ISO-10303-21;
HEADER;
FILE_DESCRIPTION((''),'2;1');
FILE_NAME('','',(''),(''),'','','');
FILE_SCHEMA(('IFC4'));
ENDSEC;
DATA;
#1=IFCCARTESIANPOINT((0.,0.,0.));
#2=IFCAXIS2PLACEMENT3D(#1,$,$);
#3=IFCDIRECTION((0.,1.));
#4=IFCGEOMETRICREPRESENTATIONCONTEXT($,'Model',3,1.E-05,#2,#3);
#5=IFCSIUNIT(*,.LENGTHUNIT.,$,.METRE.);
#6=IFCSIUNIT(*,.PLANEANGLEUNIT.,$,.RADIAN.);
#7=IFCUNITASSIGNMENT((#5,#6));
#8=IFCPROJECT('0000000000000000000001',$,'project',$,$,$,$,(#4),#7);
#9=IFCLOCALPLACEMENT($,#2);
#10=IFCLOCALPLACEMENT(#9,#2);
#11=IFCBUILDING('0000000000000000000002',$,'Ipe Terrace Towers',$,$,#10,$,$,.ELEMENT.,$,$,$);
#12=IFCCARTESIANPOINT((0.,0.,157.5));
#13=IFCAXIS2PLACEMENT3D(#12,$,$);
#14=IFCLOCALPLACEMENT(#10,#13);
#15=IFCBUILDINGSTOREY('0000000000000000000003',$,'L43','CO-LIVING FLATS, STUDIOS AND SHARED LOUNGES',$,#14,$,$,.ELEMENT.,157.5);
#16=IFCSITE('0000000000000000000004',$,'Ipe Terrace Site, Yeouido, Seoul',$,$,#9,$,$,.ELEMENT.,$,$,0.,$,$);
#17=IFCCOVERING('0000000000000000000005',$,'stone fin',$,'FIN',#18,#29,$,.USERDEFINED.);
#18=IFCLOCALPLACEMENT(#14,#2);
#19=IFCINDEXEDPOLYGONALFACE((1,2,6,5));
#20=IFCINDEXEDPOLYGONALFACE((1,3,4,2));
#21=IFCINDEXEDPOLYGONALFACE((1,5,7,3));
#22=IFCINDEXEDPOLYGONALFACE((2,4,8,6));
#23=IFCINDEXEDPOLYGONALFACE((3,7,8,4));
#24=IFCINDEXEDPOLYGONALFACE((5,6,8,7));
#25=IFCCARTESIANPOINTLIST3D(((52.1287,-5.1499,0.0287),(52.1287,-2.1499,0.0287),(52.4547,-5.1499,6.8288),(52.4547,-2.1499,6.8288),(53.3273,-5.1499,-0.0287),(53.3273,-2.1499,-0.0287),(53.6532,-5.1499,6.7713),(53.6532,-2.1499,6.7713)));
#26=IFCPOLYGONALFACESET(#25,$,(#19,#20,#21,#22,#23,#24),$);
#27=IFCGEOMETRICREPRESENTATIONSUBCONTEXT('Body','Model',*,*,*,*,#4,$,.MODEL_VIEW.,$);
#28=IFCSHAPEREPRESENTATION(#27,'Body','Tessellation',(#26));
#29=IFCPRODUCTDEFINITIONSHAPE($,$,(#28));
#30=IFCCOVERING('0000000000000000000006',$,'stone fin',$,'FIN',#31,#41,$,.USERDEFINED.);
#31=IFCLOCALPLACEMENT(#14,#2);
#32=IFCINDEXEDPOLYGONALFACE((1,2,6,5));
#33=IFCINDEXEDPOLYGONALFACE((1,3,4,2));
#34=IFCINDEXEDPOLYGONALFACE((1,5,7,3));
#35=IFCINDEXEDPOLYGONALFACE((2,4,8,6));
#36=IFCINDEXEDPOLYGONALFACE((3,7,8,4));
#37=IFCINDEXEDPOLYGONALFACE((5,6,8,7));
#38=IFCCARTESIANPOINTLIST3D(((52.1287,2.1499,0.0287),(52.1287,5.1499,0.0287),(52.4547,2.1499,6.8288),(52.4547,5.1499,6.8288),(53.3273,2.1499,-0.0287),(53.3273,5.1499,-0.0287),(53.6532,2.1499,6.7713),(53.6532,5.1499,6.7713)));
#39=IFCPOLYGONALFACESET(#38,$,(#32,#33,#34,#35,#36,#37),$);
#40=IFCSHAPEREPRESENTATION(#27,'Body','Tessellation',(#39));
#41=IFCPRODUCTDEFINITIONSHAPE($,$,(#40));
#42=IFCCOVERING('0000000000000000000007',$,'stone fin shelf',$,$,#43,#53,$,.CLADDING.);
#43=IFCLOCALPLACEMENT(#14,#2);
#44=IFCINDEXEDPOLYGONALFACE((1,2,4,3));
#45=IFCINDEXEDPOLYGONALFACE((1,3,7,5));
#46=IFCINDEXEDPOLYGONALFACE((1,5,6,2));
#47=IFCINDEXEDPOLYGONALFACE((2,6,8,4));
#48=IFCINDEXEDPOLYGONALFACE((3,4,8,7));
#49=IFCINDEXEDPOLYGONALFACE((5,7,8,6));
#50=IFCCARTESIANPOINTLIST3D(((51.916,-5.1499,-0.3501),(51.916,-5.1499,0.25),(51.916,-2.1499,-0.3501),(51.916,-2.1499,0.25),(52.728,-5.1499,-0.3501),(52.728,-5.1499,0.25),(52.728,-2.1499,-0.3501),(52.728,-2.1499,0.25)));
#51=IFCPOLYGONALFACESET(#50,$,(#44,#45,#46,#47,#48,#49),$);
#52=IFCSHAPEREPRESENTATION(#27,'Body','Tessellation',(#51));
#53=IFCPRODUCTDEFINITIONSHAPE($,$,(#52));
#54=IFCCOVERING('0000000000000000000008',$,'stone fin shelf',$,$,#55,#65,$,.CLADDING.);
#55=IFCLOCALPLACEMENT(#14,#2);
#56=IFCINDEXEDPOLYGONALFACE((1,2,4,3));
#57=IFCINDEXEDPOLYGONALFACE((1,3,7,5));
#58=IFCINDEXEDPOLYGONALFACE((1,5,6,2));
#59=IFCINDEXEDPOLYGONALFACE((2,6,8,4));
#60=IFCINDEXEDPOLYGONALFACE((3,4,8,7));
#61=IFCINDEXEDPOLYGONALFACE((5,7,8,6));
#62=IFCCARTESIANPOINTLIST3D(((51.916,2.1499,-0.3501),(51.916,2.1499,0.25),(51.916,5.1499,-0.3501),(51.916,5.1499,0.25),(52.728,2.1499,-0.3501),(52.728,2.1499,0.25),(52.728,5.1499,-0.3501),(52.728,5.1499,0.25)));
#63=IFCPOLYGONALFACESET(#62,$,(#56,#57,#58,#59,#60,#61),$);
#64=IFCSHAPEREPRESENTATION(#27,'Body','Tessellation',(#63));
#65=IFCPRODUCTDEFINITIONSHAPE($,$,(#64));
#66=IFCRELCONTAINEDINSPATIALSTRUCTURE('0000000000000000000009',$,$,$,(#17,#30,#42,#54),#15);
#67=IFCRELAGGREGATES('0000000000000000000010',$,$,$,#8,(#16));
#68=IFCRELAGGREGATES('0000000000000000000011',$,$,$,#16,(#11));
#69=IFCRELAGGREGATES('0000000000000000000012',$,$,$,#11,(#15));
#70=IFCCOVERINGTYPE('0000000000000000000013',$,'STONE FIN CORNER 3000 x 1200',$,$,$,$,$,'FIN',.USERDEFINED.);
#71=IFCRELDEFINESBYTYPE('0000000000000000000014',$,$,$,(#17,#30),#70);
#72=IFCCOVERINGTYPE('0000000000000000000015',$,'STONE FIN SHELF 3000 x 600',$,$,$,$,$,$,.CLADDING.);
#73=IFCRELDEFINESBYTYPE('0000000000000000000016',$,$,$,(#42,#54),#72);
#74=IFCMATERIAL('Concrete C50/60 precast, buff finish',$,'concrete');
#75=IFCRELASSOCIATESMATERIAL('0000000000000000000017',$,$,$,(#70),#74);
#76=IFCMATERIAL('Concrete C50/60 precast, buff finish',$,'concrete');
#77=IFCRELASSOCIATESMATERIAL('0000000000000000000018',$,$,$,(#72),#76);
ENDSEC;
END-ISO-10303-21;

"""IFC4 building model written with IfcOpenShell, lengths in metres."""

from ifc_helpers import new_model, si_unit, direction, frame, origin, origin_2d, place, context, subcontext, project, spatial, rectangle, extrude, material, material_profile, profile_set, type_object, element, save


model = new_model("IFC4")

# Units and contexts
model_context = context("Model", 3, precision=1e-05, world=origin(), true_north=direction((0.0, 1.0)))
body_context = subcontext(model_context, "Body", "Model", "MODEL_VIEW")
ifc_project = project(units=[si_unit("LENGTHUNIT", "METRE"), si_unit("PLANEANGLEUNIT", "RADIAN")], contexts=[model_context])

# Site, building, storey
site_placement = place(None, origin())
site = spatial("IfcSite", under=ifc_project, at=site_placement, Name="Ipe Terrace Site, Yeouido, Seoul", CompositionType="ELEMENT", RefElevation=0.0)
building_placement = place(site_placement, origin())
building = spatial("IfcBuilding", under=site, at=building_placement, Name="Ipe Terrace Towers", CompositionType="ELEMENT")
storey_placement = place(building_placement, frame((0.0, 0.0, 157.5)))
storey = spatial("IfcBuildingStorey", under=building, at=storey_placement, Name="L43", Description="CO-LIVING FLATS, STUDIOS AND SHARED LOUNGES", CompositionType="ELEMENT", Elevation=157.5)

# Coverings
ifc_material_1 = material(Name="Concrete C50/60 precast, buff finish", Category="concrete")
ifc_material_profile_1 = material_profile(ifc_material_1, rectangle(XDim=3.0, YDim=1.2, at=origin_2d()), Name="STONE FIN CORNER 3000 x 1200")
ifc_profile_set_1 = profile_set([ifc_material_profile_1], Name="Concrete C50/60 precast, buff finish")
covering_type_1 = type_object("IfcCoveringType", Name="STONE FIN CORNER 3000 x 1200", ElementType="FIN", PredefinedType="USERDEFINED", material=ifc_profile_set_1)
for number, where, z_axis, x_axis, name in (
    (1, (52.728, -3.6499, 0.0), (0.047875, 0.0, 0.998853), (0.0, 1.0, 0.0), "stone fin"),
    (2, (52.728, 3.6499, 0.0), (0.047875, 0.0, 0.998853), (0.0, 1.0, 0.0), "stone fin"),
):
    element("IfcCovering", number, at=place(storey_placement, frame(where, z_axis=z_axis, x_axis=x_axis)), inside=storey, type_object=covering_type_1, Name=name, ObjectType="FIN", PredefinedType="USERDEFINED", context=body_context, shape_type="SweptSolid", body=[
        extrude(rectangle(XDim=3.0, YDim=1.2, at=origin_2d()), origin(), (0.0, 0.0, 1.0), 6.8079),
    ])
ifc_material_2 = material(Name="Concrete C50/60 precast, buff finish", Category="concrete")
covering_type_2 = type_object("IfcCoveringType", Name="STONE FIN SHELF 3000 x 600", PredefinedType="CLADDING", material=ifc_material_2)
for number, where, z_axis, x_axis, name in (
    (3, (52.322, -3.6499, -0.3501), (0.0, 0.0, 1.0), (0.0, 1.0, 0.0), "stone fin shelf"),
    (4, (52.322, 3.6499, -0.3501), (0.0, 0.0, 1.0), (0.0, 1.0, 0.0), "stone fin shelf"),
):
    element("IfcCovering", number, at=place(storey_placement, frame(where, z_axis=z_axis, x_axis=x_axis)), inside=storey, type_object=covering_type_2, Name=name, PredefinedType="CLADDING", context=body_context, shape_type="SweptSolid", body=[
        extrude(rectangle(XDim=3.0, YDim=0.812, at=origin_2d()), origin(), (0.0, 0.0, 1.0), 0.6001),
    ])

save(model, "model.ifc")
